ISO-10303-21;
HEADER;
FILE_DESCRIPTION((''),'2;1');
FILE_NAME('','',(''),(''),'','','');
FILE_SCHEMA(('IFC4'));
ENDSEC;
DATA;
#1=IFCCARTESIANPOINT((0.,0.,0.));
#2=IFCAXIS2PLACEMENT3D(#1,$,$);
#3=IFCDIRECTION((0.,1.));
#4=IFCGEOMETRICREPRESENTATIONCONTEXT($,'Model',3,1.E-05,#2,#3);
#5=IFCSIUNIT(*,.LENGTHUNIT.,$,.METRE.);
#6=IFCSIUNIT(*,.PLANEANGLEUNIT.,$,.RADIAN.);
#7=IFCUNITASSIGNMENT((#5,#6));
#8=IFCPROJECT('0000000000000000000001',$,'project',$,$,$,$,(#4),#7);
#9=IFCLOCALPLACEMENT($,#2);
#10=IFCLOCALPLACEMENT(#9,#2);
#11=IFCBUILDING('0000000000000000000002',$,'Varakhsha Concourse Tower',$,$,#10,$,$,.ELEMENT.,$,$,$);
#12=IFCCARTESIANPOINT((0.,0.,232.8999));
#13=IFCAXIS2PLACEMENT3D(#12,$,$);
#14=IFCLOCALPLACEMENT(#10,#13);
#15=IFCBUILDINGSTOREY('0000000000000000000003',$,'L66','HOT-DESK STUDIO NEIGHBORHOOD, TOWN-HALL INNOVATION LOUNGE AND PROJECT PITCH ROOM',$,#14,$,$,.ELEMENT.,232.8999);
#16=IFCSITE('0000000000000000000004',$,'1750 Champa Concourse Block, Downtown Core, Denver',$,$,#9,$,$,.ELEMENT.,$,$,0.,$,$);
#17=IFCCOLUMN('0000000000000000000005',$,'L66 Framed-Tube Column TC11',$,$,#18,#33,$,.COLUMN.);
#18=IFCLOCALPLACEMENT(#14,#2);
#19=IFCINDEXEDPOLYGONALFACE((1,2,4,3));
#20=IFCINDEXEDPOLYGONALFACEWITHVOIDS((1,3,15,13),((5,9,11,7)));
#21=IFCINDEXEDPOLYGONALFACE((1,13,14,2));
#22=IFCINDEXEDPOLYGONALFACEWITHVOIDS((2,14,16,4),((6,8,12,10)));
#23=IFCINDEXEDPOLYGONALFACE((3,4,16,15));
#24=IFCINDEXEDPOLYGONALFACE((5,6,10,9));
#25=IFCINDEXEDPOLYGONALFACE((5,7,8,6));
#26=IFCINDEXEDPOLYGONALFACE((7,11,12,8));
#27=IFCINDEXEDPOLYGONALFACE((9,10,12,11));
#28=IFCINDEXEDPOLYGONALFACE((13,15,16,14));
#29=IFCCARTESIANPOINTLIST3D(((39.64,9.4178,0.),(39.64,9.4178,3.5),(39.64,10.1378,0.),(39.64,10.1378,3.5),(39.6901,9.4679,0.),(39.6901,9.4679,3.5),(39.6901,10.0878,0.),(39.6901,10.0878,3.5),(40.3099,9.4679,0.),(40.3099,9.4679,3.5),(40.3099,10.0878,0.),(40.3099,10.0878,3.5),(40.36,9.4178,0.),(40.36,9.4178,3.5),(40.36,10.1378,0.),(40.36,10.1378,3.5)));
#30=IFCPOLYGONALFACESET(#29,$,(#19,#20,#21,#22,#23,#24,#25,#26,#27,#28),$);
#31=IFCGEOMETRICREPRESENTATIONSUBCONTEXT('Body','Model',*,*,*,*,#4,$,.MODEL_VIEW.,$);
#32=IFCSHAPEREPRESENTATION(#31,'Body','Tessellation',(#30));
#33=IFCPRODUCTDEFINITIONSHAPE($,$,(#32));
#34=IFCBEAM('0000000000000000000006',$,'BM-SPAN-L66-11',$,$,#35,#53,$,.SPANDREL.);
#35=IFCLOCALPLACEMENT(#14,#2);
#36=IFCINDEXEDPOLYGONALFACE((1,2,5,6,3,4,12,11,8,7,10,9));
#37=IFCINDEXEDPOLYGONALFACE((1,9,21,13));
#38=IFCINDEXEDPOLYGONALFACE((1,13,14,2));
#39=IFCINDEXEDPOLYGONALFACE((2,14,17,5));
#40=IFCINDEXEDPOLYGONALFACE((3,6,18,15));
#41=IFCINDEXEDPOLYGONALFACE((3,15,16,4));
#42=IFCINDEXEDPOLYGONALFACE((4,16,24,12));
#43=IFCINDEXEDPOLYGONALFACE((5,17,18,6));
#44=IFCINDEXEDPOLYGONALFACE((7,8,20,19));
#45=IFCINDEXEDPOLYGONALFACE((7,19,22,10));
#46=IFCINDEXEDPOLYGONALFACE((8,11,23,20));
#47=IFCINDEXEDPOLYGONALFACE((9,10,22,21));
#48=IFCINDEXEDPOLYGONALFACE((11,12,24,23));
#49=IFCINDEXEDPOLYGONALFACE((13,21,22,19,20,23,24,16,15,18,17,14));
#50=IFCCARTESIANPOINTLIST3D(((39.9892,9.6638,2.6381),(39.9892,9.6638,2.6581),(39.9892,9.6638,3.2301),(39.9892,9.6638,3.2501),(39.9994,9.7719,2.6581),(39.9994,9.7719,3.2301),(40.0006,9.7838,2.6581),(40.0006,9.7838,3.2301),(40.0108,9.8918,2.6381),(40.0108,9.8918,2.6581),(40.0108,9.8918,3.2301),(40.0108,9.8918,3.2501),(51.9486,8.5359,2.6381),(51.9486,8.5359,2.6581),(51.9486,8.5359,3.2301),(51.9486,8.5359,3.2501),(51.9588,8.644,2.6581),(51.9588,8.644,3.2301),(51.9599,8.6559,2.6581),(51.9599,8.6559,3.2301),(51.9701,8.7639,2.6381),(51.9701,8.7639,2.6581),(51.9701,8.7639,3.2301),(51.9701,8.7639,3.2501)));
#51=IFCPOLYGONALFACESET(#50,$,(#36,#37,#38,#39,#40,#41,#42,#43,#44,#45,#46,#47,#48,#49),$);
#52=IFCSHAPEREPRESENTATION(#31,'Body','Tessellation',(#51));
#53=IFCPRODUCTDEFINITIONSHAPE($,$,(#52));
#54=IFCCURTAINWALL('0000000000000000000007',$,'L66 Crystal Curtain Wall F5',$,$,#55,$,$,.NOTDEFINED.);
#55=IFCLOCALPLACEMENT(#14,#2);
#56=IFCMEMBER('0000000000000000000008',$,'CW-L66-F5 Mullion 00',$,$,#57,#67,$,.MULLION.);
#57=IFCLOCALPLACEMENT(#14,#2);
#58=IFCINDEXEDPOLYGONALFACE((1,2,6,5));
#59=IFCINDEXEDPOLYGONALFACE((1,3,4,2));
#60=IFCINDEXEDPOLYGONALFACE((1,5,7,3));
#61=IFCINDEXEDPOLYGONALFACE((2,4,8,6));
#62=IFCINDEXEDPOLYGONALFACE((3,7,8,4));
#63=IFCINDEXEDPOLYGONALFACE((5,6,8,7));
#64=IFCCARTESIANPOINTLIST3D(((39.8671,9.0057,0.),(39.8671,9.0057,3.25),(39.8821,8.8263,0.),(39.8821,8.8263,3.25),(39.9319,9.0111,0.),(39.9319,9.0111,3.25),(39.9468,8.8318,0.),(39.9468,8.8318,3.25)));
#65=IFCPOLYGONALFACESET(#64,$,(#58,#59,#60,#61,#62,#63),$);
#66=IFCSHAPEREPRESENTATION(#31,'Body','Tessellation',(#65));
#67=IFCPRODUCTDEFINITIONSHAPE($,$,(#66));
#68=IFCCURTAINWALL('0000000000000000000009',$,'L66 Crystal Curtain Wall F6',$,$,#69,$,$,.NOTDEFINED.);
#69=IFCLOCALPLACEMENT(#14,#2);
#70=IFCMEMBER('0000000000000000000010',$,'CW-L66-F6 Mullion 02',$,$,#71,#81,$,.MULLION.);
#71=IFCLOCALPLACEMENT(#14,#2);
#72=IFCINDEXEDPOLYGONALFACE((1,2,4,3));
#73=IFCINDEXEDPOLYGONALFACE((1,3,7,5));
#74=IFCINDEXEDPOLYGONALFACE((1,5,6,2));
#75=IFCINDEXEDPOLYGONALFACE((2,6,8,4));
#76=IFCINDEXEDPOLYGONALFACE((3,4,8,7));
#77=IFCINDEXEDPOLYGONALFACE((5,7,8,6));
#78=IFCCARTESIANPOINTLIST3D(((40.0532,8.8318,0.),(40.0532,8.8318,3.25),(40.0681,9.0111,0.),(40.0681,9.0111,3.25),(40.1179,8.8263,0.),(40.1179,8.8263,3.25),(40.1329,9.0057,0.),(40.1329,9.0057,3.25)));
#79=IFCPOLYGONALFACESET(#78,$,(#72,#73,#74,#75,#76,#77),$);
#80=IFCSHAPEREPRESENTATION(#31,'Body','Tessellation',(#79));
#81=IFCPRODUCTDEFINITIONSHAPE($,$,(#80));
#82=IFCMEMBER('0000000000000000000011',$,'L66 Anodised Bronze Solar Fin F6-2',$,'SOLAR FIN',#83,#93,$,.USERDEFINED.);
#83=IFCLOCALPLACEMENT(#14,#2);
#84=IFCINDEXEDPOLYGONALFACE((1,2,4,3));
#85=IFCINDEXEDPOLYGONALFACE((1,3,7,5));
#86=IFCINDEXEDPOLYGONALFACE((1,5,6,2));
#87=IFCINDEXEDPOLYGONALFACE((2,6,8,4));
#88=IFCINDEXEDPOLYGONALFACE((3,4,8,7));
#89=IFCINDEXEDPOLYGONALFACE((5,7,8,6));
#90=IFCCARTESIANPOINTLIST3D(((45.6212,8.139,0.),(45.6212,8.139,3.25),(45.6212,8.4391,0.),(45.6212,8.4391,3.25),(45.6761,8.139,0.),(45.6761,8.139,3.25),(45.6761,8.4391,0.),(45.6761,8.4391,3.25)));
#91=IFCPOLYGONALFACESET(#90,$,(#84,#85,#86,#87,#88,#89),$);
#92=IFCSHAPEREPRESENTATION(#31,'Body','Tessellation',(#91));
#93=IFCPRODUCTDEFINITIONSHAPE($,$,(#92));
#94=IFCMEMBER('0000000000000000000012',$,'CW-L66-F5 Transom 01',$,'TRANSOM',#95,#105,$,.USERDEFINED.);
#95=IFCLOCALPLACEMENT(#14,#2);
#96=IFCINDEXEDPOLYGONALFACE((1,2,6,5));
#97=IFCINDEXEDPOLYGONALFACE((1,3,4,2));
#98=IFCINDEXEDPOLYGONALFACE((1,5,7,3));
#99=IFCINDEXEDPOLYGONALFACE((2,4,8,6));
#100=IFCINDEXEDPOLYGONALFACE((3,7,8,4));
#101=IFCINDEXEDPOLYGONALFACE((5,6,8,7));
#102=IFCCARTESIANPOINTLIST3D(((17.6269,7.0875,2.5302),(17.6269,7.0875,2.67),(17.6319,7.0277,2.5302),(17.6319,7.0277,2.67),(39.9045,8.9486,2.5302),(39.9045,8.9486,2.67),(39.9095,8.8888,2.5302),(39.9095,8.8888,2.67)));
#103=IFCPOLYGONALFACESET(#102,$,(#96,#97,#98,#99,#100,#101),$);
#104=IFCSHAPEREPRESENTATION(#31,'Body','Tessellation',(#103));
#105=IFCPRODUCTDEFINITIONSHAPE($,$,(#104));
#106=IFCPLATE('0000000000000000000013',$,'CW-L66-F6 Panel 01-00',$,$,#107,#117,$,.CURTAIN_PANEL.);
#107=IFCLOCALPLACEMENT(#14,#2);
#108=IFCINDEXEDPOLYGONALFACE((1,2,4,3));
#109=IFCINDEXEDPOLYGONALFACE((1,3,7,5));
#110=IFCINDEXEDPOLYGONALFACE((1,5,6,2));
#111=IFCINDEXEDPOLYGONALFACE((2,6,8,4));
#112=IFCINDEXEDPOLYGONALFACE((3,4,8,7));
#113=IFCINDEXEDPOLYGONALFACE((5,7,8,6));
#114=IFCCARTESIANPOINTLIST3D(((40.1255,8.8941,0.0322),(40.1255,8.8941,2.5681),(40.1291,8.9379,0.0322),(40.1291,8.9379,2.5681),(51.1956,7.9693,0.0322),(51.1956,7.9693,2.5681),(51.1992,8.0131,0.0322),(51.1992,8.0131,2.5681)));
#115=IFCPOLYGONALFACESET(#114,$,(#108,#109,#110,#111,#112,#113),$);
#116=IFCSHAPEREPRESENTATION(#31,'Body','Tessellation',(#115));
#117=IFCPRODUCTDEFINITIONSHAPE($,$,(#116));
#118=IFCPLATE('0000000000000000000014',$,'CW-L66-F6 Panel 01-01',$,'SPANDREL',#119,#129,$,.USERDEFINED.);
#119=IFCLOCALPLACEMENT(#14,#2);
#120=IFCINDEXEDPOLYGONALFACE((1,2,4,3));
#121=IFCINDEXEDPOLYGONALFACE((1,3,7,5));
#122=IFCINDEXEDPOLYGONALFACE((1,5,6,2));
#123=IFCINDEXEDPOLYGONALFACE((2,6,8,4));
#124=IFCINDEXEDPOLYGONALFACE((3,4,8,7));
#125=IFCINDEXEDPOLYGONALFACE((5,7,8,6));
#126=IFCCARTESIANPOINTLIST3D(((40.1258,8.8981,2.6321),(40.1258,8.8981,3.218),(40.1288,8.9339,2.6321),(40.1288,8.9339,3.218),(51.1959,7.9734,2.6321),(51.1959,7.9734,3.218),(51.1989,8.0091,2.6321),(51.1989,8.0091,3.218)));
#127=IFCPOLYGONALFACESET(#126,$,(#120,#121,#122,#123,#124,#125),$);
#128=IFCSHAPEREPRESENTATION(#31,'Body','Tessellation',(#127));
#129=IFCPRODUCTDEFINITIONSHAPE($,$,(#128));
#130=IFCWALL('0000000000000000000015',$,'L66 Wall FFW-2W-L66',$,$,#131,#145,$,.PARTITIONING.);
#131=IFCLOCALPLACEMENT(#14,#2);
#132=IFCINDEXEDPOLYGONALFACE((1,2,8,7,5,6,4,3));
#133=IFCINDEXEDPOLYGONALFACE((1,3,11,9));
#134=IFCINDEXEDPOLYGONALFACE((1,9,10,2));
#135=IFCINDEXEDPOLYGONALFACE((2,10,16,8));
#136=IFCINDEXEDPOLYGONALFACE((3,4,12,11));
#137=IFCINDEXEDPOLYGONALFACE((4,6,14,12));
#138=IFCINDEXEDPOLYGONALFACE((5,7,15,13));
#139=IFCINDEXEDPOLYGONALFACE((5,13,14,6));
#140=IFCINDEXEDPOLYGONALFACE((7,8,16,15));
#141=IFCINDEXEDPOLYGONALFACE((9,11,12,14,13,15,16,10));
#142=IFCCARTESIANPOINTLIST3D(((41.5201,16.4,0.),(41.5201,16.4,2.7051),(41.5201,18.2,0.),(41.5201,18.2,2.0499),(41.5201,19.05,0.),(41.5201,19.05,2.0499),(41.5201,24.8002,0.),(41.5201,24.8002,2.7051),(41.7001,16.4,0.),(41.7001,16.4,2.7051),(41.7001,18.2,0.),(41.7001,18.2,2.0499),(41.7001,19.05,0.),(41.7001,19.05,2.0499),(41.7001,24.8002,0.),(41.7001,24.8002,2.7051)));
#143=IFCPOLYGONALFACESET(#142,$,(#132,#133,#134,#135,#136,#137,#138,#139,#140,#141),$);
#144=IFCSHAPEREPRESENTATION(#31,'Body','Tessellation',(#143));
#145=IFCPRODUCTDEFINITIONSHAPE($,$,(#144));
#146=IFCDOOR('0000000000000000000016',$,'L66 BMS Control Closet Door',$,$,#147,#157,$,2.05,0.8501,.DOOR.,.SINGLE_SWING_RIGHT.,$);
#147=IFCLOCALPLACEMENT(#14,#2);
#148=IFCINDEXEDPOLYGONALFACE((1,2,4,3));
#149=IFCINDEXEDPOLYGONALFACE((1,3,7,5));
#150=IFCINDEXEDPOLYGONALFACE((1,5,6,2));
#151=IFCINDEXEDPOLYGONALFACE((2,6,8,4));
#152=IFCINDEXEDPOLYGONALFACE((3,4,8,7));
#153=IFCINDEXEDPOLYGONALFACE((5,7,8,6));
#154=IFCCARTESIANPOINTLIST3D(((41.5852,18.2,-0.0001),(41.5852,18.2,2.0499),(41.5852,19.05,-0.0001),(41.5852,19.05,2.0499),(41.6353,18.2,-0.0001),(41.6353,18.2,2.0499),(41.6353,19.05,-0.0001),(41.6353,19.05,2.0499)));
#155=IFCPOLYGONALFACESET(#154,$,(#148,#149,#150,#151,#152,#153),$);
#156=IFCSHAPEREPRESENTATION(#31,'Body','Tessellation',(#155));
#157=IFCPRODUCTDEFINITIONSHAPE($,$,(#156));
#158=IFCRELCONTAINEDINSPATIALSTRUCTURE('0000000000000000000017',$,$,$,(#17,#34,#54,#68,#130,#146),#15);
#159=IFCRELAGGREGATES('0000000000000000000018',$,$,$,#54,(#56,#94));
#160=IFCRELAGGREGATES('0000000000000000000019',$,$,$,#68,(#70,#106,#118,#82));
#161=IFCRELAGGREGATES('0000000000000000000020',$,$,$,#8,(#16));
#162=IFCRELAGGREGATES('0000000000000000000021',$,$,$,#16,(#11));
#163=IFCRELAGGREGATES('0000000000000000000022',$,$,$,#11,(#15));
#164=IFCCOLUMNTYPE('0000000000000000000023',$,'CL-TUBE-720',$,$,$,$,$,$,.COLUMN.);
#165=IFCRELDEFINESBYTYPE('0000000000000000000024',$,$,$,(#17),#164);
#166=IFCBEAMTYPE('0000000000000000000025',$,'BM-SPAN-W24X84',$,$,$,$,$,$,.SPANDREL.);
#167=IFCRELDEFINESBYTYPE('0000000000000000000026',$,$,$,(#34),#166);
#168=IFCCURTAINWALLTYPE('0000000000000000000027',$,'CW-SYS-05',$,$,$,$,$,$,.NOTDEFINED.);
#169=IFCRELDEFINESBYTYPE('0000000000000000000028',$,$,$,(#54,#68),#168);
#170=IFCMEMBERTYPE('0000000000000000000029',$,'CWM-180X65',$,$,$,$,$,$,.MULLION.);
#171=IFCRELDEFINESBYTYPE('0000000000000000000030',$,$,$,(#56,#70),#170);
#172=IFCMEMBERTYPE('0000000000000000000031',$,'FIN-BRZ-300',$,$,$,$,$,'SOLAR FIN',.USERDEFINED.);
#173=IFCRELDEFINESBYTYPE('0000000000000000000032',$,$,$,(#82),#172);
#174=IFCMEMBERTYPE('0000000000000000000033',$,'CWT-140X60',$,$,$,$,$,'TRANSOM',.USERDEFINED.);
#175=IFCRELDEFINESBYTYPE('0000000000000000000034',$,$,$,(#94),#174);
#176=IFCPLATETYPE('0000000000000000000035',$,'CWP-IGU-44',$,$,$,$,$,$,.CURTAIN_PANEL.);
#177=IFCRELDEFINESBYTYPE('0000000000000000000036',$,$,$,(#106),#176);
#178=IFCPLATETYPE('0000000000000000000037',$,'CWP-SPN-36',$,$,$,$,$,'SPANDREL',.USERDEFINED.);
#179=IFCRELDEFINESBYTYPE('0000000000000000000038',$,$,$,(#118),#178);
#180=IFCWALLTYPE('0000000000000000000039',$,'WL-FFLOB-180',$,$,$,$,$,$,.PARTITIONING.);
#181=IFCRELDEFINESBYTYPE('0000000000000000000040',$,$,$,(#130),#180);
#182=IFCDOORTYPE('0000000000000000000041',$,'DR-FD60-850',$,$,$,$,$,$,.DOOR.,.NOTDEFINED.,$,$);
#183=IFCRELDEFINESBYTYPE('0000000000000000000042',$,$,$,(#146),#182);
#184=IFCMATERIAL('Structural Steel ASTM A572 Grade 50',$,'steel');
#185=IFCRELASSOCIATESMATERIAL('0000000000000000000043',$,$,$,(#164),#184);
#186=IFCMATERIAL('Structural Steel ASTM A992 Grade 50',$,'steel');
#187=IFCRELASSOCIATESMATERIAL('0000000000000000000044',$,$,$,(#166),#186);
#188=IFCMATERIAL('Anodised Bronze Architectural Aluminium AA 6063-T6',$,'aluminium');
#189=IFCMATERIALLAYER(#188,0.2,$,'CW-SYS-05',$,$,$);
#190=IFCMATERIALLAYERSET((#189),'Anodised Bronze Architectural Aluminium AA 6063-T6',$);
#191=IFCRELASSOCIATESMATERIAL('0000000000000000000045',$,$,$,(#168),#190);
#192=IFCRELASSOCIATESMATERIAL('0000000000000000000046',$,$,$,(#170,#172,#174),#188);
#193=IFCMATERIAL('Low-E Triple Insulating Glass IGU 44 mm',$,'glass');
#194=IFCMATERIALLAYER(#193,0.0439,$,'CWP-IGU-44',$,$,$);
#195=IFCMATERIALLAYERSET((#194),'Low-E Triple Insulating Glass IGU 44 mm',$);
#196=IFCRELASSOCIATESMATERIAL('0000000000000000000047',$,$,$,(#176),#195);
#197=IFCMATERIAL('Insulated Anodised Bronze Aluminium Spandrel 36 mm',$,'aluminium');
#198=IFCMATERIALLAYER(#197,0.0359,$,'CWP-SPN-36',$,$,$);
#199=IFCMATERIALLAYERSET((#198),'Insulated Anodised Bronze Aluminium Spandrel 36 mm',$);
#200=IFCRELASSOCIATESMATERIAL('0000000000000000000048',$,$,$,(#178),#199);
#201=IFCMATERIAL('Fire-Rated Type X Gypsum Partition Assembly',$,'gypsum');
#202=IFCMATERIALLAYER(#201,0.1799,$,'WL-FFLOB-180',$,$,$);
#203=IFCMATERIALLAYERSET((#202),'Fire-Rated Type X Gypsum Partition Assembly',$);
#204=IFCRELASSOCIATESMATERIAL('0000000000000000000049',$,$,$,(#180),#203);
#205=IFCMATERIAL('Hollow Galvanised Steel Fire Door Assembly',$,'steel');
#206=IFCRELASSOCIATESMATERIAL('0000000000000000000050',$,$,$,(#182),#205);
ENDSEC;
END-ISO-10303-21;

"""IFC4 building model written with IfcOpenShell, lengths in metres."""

from ifc_helpers import new_model, si_unit, direction, frame, frame_2d, origin, origin_2d, place, context, subcontext, project, spatial, rectangle, hollow_rectangle, i_section, extrude, source, transform, mapped, material, layer, layer_set, material_profile, profile_set, type_object, type_shapes, element, fill, aggregate, save


model = new_model("IFC4")

# Units and contexts
model_context = context("Model", 3, precision=1e-05, world=origin(), true_north=direction((0.0, 1.0)))
body_context = subcontext(model_context, "Body", "Model", "MODEL_VIEW")
ifc_project = project(units=[si_unit("LENGTHUNIT", "METRE"), si_unit("PLANEANGLEUNIT", "RADIAN")], contexts=[model_context])

# Site, building, storey
site_placement = place(None, origin())
site = spatial("IfcSite", under=ifc_project, at=site_placement, Name="1750 Champa Concourse Block, Downtown Core, Denver", CompositionType="ELEMENT", RefElevation=0.0)
building_placement = place(site_placement, origin())
building = spatial("IfcBuilding", under=site, at=building_placement, Name="Varakhsha Concourse Tower", CompositionType="ELEMENT")
storey_placement = place(building_placement, frame((0.0, 0.0, 232.8999)))
storey = spatial("IfcBuildingStorey", under=building, at=storey_placement, Name="L66", Description="HOT-DESK STUDIO NEIGHBORHOOD, TOWN-HALL INNOVATION LOUNGE AND PROJECT PITCH ROOM", CompositionType="ELEMENT", Elevation=232.8999)

# Column
ifc_material_1 = material(Name="Structural Steel ASTM A572 Grade 50", Category="steel")
ifc_material_profile_1 = material_profile(ifc_material_1, hollow_rectangle(XDim=0.72, YDim=0.72, WallThickness=0.05, at=origin_2d()), Name="BOX 720x720x50")
ifc_profile_set_1 = profile_set([ifc_material_profile_1], Name="Structural Steel ASTM A572 Grade 50")
column_type = type_object("IfcColumnType", Name="CL-TUBE-720", PredefinedType="COLUMN", material=ifc_profile_set_1)
column_placement = place(storey_placement, frame((40.0, 9.7778, 0.0), z_axis=(0.0, 0.0, 1.0), x_axis=(1.0, 0.0, 0.0)))
element("IfcColumn", 1, at=column_placement, inside=storey, type_object=column_type, Name="L66 Framed-Tube Column TC11", PredefinedType="COLUMN", context=body_context, shape_type="SweptSolid", body=[
    extrude(hollow_rectangle(XDim=0.72, YDim=0.72, WallThickness=0.05, at=origin_2d()), origin(), (0.0, 0.0, 1.0), 3.5),
])

# Beam
ifc_material_2 = material(Name="Structural Steel ASTM A992 Grade 50", Category="steel")
ifc_material_profile_2 = material_profile(ifc_material_2, i_section(OverallWidth=0.229, OverallDepth=0.6121, WebThickness=0.012, FlangeThickness=0.02, at=origin_2d()), Name="W24X84")
ifc_profile_set_2 = profile_set([ifc_material_profile_2], Name="Structural Steel ASTM A992 Grade 50")
beam_type = type_object("IfcBeamType", Name="BM-SPAN-W24X84", PredefinedType="SPANDREL", material=ifc_profile_set_2)
beam_placement = place(storey_placement, frame((40.0, 9.7778, 2.9441), z_axis=(0.995582, -0.093896, 0.0), x_axis=(0.093896, 0.995582, 0.0)))
element("IfcBeam", 2, at=beam_placement, inside=storey, type_object=beam_type, Name="BM-SPAN-L66-11", PredefinedType="SPANDREL", context=body_context, shape_type="SweptSolid", body=[
    extrude(i_section(OverallWidth=0.229, OverallDepth=0.6121, WebThickness=0.012, FlangeThickness=0.02, at=origin_2d()), origin(), (0.0, 0.0, 1.0), 12.0125),
])

# Curtain wall, member
ifc_material_3 = material(Name="Anodised Bronze Architectural Aluminium AA 6063-T6", Category="aluminium")
ifc_layer_1 = layer(ifc_material_3, 0.2, Name="CW-SYS-05")
ifc_layer_set_1 = layer_set([ifc_layer_1], Name="Anodised Bronze Architectural Aluminium AA 6063-T6")
curtain_wall_type = type_object("IfcCurtainWallType", Name="CW-SYS-05", PredefinedType="NOTDEFINED", material=ifc_layer_set_1)
curtain_wall_1_placement = place(storey_placement, origin())
curtain_wall_1 = element("IfcCurtainWall", 3, at=curtain_wall_1_placement, inside=storey, type_object=curtain_wall_type, Name="L66 Crystal Curtain Wall F5", PredefinedType="NOTDEFINED")
ifc_material_profile_3 = material_profile(ifc_material_3, rectangle(XDim=0.0649, YDim=0.1799, at=origin_2d()), Name="CWM-180X65")
ifc_profile_set_3 = profile_set([ifc_material_profile_3], Name="Anodised Bronze Architectural Aluminium AA 6063-T6")
member_type_1 = type_object("IfcMemberType", Name="CWM-180X65", PredefinedType="MULLION", material=ifc_profile_set_3)
shared_shape_1 = source(origin(), body_context, "Body", "SweptSolid", [
    extrude(rectangle(XDim=0.0649, YDim=0.1799, at=origin_2d()), origin(), (0.0, 0.0, 1.0), 3.25),
])
type_shapes(member_type_1, [shared_shape_1])
member_1_placement = place(storey_placement, frame((39.907, 8.9187, 0.0), z_axis=(0.0, 0.0, 1.0), x_axis=(-0.996529, -0.083247, 0.0)))
member_1 = element("IfcMember", 4, at=member_1_placement, type_object=member_type_1, Name="CW-L66-F5 Mullion 00", PredefinedType="MULLION", context=body_context, shape_type="MappedRepresentation", body=[
    mapped(shared_shape_1, transform((0.0, 0.0, 0.0), scale=1.0)),
])

# Curtain wall, members
curtain_wall_2_placement = place(storey_placement, origin())
curtain_wall_2 = element("IfcCurtainWall", 5, at=curtain_wall_2_placement, inside=storey, type_object=curtain_wall_type, Name="L66 Crystal Curtain Wall F6", PredefinedType="NOTDEFINED")
member_2_placement = place(storey_placement, frame((40.093, 8.9187, 0.0), z_axis=(0.0, 0.0, 1.0), x_axis=(-0.996529, 0.083247, 0.0)))
member_2 = element("IfcMember", 6, at=member_2_placement, type_object=member_type_1, Name="CW-L66-F6 Mullion 02", PredefinedType="MULLION", context=body_context, shape_type="MappedRepresentation", body=[
    mapped(shared_shape_1, transform((0.0, 0.0, 0.0), scale=1.0)),
])
ifc_material_profile_4 = material_profile(ifc_material_3, rectangle(XDim=0.0549, YDim=0.3, at=origin_2d()), Name="FIN-BRZ-300")
ifc_profile_set_4 = profile_set([ifc_material_profile_4], Name="Anodised Bronze Architectural Aluminium AA 6063-T6")
member_type_2 = type_object("IfcMemberType", Name="FIN-BRZ-300", ElementType="SOLAR FIN", PredefinedType="USERDEFINED", material=ifc_profile_set_4)
shared_shape_2 = source(origin(), body_context, "Body", "SweptSolid", [
    extrude(rectangle(XDim=0.0549, YDim=0.3, at=origin_2d()), origin(), (0.0, 0.0, 1.0), 3.25),
])
type_shapes(member_type_2, [shared_shape_2])
member_3_placement = place(storey_placement, frame((45.6487, 8.2891, 0.0), z_axis=(0.0, 0.0, 1.0), x_axis=(1.0, 0.0, 0.0)))
member_3 = element("IfcMember", 7, at=member_3_placement, type_object=member_type_2, Name="L66 Anodised Bronze Solar Fin F6-2", ObjectType="SOLAR FIN", PredefinedType="USERDEFINED", context=body_context, shape_type="MappedRepresentation", body=[
    mapped(shared_shape_2, transform((0.0, 0.0, 0.0), scale=1.0)),
])

# Member
ifc_material_profile_5 = material_profile(ifc_material_3, rectangle(XDim=0.0601, YDim=0.1399, at=origin_2d()), Name="CWT-140X60")
ifc_profile_set_5 = profile_set([ifc_material_profile_5], Name="Anodised Bronze Architectural Aluminium AA 6063-T6")
member_type_3 = type_object("IfcMemberType", Name="CWT-140X60", ElementType="TRANSOM", PredefinedType="USERDEFINED", material=ifc_profile_set_5)
shared_shape_3 = source(origin(), body_context, "Body", "SweptSolid", [
    extrude(rectangle(XDim=0.0601, YDim=0.1399, at=origin_2d()), origin(), (0.0, 0.0, 1.0), 22.3552),
])
type_shapes(member_type_3, [shared_shape_3])
member_4_placement = place(storey_placement, frame((39.907, 8.9187, 2.6001), z_axis=(-0.996529, -0.083251, 0.0), x_axis=(0.083251, -0.996529, 0.0)))
member_4 = element("IfcMember", 8, at=member_4_placement, type_object=member_type_3, Name="CW-L66-F5 Transom 01", ObjectType="TRANSOM", PredefinedType="USERDEFINED", context=body_context, shape_type="MappedRepresentation", body=[
    mapped(shared_shape_3, transform((0.0, 0.0, 0.0), scale=1.0)),
])
aggregate(curtain_wall_1, [member_1, member_4])

# Plates
ifc_material_4 = material(Name="Low-E Triple Insulating Glass IGU 44 mm", Category="glass")
ifc_layer_2 = layer(ifc_material_4, 0.0439, Name="CWP-IGU-44")
ifc_layer_set_2 = layer_set([ifc_layer_2], Name="Low-E Triple Insulating Glass IGU 44 mm")
plate_type_1 = type_object("IfcPlateType", Name="CWP-IGU-44", PredefinedType="CURTAIN_PANEL", material=ifc_layer_set_2)
shared_shape_4 = source(origin(), body_context, "Body", "SweptSolid", [
    extrude(rectangle(XDim=11.1086, YDim=0.0439, at=origin_2d()), origin(), (0.0, 0.0, 1.0), 2.5359),
])
type_shapes(plate_type_1, [shared_shape_4])
plate_1_placement = place(storey_placement, frame((45.6624, 8.4536, 0.0322), z_axis=(0.0, 0.0, 1.0), x_axis=(-0.996529, 0.083247, 0.0)))
plate_1 = element("IfcPlate", 9, at=plate_1_placement, type_object=plate_type_1, Name="CW-L66-F6 Panel 01-00", PredefinedType="CURTAIN_PANEL", context=body_context, shape_type="MappedRepresentation", body=[
    mapped(shared_shape_4, transform((0.0, 0.0, 0.0), scale=1.0)),
])
ifc_material_5 = material(Name="Insulated Anodised Bronze Aluminium Spandrel 36 mm", Category="aluminium")
ifc_layer_3 = layer(ifc_material_5, 0.0359, Name="CWP-SPN-36")
ifc_layer_set_3 = layer_set([ifc_layer_3], Name="Insulated Anodised Bronze Aluminium Spandrel 36 mm")
plate_type_2 = type_object("IfcPlateType", Name="CWP-SPN-36", ElementType="SPANDREL", PredefinedType="USERDEFINED", material=ifc_layer_set_3)
shared_shape_5 = source(origin(), body_context, "Body", "SweptSolid", [
    extrude(rectangle(XDim=11.1086, YDim=0.0359, at=origin_2d()), origin(), (0.0, 0.0, 1.0), 0.5859),
])
type_shapes(plate_type_2, [shared_shape_5])
plate_2_placement = place(storey_placement, frame((45.6624, 8.4536, 2.6321), z_axis=(0.0, 0.0, 1.0), x_axis=(-0.996529, 0.083247, 0.0)))
plate_2 = element("IfcPlate", 10, at=plate_2_placement, type_object=plate_type_2, Name="CW-L66-F6 Panel 01-01", ObjectType="SPANDREL", PredefinedType="USERDEFINED", context=body_context, shape_type="MappedRepresentation", body=[
    mapped(shared_shape_5, transform((0.0, 0.0, 0.0), scale=1.0)),
])
aggregate(curtain_wall_2, [member_2, plate_1, plate_2, member_3])

# Wall, opening, door
ifc_material_6 = material(Name="Fire-Rated Type X Gypsum Partition Assembly", Category="gypsum")
ifc_layer_4 = layer(ifc_material_6, 0.1799, Name="WL-FFLOB-180")
ifc_layer_set_4 = layer_set([ifc_layer_4], Name="Fire-Rated Type X Gypsum Partition Assembly")
wall_type_1 = type_object("IfcWallType", Name="WL-FFLOB-180", PredefinedType="PARTITIONING", material=ifc_layer_set_4)
wall_1_placement = place(storey_placement, frame((41.6101, 16.3999, 0.0), z_axis=(0.0, 0.0, 1.0), x_axis=(0.0, 1.0, 0.0)))
wall_1 = element("IfcWall", 11, at=wall_1_placement, inside=storey, type_object=wall_type_1, Name="L66 Wall FFW-2W-L66", PredefinedType="PARTITIONING", context=body_context, shape_type="SweptSolid", body=[
    extrude(rectangle(XDim=8.4001, YDim=0.1799, at=frame_2d((4.2002, 0.0))), origin(), (0.0, 0.0, 1.0), 2.7051),
])
opening_1_placement = place(wall_1_placement, frame((1.8, 0.0, 0.0)))
opening_1 = element("IfcOpeningElement", 12, at=opening_1_placement, cuts=wall_1, PredefinedType="OPENING", context=body_context, shape_type="SweptSolid", body=[
    extrude(rectangle(XDim=0.8501, YDim=2.05, at=frame_2d((0.425, 1.0249))), frame((0.0, 0.0999, 0.0), z_axis=(0.0, -1.0, 0.0), x_axis=(1.0, 0.0, 0.0)), (0.0, 0.0, 1.0), 0.2),
])
ifc_material_7 = material(Name="Hollow Galvanised Steel Fire Door Assembly", Category="steel")
door_type_1 = type_object("IfcDoorType", Name="DR-FD60-850", OperationType="NOTDEFINED", PredefinedType="DOOR", material=ifc_material_7)
door_1_placement = place(opening_1_placement, origin())
door_1 = element("IfcDoor", 13, at=door_1_placement, inside=storey, type_object=door_type_1, Name="L66 BMS Control Closet Door", OperationType="SINGLE_SWING_RIGHT", OverallHeight=2.05, OverallWidth=0.8501, PredefinedType="DOOR", context=body_context, shape_type="SweptSolid", body=[
    extrude(rectangle(XDim=0.8501, YDim=2.05, at=frame_2d((0.425, 1.0249))), frame((0.0, 0.0249, 0.0), z_axis=(0.0, -1.0, 0.0), x_axis=(1.0, 0.0, 0.0)), (0.0, 0.0, 1.0), 0.05),
])
fill(opening_1, door_1)

save(model, "model.ifc")
